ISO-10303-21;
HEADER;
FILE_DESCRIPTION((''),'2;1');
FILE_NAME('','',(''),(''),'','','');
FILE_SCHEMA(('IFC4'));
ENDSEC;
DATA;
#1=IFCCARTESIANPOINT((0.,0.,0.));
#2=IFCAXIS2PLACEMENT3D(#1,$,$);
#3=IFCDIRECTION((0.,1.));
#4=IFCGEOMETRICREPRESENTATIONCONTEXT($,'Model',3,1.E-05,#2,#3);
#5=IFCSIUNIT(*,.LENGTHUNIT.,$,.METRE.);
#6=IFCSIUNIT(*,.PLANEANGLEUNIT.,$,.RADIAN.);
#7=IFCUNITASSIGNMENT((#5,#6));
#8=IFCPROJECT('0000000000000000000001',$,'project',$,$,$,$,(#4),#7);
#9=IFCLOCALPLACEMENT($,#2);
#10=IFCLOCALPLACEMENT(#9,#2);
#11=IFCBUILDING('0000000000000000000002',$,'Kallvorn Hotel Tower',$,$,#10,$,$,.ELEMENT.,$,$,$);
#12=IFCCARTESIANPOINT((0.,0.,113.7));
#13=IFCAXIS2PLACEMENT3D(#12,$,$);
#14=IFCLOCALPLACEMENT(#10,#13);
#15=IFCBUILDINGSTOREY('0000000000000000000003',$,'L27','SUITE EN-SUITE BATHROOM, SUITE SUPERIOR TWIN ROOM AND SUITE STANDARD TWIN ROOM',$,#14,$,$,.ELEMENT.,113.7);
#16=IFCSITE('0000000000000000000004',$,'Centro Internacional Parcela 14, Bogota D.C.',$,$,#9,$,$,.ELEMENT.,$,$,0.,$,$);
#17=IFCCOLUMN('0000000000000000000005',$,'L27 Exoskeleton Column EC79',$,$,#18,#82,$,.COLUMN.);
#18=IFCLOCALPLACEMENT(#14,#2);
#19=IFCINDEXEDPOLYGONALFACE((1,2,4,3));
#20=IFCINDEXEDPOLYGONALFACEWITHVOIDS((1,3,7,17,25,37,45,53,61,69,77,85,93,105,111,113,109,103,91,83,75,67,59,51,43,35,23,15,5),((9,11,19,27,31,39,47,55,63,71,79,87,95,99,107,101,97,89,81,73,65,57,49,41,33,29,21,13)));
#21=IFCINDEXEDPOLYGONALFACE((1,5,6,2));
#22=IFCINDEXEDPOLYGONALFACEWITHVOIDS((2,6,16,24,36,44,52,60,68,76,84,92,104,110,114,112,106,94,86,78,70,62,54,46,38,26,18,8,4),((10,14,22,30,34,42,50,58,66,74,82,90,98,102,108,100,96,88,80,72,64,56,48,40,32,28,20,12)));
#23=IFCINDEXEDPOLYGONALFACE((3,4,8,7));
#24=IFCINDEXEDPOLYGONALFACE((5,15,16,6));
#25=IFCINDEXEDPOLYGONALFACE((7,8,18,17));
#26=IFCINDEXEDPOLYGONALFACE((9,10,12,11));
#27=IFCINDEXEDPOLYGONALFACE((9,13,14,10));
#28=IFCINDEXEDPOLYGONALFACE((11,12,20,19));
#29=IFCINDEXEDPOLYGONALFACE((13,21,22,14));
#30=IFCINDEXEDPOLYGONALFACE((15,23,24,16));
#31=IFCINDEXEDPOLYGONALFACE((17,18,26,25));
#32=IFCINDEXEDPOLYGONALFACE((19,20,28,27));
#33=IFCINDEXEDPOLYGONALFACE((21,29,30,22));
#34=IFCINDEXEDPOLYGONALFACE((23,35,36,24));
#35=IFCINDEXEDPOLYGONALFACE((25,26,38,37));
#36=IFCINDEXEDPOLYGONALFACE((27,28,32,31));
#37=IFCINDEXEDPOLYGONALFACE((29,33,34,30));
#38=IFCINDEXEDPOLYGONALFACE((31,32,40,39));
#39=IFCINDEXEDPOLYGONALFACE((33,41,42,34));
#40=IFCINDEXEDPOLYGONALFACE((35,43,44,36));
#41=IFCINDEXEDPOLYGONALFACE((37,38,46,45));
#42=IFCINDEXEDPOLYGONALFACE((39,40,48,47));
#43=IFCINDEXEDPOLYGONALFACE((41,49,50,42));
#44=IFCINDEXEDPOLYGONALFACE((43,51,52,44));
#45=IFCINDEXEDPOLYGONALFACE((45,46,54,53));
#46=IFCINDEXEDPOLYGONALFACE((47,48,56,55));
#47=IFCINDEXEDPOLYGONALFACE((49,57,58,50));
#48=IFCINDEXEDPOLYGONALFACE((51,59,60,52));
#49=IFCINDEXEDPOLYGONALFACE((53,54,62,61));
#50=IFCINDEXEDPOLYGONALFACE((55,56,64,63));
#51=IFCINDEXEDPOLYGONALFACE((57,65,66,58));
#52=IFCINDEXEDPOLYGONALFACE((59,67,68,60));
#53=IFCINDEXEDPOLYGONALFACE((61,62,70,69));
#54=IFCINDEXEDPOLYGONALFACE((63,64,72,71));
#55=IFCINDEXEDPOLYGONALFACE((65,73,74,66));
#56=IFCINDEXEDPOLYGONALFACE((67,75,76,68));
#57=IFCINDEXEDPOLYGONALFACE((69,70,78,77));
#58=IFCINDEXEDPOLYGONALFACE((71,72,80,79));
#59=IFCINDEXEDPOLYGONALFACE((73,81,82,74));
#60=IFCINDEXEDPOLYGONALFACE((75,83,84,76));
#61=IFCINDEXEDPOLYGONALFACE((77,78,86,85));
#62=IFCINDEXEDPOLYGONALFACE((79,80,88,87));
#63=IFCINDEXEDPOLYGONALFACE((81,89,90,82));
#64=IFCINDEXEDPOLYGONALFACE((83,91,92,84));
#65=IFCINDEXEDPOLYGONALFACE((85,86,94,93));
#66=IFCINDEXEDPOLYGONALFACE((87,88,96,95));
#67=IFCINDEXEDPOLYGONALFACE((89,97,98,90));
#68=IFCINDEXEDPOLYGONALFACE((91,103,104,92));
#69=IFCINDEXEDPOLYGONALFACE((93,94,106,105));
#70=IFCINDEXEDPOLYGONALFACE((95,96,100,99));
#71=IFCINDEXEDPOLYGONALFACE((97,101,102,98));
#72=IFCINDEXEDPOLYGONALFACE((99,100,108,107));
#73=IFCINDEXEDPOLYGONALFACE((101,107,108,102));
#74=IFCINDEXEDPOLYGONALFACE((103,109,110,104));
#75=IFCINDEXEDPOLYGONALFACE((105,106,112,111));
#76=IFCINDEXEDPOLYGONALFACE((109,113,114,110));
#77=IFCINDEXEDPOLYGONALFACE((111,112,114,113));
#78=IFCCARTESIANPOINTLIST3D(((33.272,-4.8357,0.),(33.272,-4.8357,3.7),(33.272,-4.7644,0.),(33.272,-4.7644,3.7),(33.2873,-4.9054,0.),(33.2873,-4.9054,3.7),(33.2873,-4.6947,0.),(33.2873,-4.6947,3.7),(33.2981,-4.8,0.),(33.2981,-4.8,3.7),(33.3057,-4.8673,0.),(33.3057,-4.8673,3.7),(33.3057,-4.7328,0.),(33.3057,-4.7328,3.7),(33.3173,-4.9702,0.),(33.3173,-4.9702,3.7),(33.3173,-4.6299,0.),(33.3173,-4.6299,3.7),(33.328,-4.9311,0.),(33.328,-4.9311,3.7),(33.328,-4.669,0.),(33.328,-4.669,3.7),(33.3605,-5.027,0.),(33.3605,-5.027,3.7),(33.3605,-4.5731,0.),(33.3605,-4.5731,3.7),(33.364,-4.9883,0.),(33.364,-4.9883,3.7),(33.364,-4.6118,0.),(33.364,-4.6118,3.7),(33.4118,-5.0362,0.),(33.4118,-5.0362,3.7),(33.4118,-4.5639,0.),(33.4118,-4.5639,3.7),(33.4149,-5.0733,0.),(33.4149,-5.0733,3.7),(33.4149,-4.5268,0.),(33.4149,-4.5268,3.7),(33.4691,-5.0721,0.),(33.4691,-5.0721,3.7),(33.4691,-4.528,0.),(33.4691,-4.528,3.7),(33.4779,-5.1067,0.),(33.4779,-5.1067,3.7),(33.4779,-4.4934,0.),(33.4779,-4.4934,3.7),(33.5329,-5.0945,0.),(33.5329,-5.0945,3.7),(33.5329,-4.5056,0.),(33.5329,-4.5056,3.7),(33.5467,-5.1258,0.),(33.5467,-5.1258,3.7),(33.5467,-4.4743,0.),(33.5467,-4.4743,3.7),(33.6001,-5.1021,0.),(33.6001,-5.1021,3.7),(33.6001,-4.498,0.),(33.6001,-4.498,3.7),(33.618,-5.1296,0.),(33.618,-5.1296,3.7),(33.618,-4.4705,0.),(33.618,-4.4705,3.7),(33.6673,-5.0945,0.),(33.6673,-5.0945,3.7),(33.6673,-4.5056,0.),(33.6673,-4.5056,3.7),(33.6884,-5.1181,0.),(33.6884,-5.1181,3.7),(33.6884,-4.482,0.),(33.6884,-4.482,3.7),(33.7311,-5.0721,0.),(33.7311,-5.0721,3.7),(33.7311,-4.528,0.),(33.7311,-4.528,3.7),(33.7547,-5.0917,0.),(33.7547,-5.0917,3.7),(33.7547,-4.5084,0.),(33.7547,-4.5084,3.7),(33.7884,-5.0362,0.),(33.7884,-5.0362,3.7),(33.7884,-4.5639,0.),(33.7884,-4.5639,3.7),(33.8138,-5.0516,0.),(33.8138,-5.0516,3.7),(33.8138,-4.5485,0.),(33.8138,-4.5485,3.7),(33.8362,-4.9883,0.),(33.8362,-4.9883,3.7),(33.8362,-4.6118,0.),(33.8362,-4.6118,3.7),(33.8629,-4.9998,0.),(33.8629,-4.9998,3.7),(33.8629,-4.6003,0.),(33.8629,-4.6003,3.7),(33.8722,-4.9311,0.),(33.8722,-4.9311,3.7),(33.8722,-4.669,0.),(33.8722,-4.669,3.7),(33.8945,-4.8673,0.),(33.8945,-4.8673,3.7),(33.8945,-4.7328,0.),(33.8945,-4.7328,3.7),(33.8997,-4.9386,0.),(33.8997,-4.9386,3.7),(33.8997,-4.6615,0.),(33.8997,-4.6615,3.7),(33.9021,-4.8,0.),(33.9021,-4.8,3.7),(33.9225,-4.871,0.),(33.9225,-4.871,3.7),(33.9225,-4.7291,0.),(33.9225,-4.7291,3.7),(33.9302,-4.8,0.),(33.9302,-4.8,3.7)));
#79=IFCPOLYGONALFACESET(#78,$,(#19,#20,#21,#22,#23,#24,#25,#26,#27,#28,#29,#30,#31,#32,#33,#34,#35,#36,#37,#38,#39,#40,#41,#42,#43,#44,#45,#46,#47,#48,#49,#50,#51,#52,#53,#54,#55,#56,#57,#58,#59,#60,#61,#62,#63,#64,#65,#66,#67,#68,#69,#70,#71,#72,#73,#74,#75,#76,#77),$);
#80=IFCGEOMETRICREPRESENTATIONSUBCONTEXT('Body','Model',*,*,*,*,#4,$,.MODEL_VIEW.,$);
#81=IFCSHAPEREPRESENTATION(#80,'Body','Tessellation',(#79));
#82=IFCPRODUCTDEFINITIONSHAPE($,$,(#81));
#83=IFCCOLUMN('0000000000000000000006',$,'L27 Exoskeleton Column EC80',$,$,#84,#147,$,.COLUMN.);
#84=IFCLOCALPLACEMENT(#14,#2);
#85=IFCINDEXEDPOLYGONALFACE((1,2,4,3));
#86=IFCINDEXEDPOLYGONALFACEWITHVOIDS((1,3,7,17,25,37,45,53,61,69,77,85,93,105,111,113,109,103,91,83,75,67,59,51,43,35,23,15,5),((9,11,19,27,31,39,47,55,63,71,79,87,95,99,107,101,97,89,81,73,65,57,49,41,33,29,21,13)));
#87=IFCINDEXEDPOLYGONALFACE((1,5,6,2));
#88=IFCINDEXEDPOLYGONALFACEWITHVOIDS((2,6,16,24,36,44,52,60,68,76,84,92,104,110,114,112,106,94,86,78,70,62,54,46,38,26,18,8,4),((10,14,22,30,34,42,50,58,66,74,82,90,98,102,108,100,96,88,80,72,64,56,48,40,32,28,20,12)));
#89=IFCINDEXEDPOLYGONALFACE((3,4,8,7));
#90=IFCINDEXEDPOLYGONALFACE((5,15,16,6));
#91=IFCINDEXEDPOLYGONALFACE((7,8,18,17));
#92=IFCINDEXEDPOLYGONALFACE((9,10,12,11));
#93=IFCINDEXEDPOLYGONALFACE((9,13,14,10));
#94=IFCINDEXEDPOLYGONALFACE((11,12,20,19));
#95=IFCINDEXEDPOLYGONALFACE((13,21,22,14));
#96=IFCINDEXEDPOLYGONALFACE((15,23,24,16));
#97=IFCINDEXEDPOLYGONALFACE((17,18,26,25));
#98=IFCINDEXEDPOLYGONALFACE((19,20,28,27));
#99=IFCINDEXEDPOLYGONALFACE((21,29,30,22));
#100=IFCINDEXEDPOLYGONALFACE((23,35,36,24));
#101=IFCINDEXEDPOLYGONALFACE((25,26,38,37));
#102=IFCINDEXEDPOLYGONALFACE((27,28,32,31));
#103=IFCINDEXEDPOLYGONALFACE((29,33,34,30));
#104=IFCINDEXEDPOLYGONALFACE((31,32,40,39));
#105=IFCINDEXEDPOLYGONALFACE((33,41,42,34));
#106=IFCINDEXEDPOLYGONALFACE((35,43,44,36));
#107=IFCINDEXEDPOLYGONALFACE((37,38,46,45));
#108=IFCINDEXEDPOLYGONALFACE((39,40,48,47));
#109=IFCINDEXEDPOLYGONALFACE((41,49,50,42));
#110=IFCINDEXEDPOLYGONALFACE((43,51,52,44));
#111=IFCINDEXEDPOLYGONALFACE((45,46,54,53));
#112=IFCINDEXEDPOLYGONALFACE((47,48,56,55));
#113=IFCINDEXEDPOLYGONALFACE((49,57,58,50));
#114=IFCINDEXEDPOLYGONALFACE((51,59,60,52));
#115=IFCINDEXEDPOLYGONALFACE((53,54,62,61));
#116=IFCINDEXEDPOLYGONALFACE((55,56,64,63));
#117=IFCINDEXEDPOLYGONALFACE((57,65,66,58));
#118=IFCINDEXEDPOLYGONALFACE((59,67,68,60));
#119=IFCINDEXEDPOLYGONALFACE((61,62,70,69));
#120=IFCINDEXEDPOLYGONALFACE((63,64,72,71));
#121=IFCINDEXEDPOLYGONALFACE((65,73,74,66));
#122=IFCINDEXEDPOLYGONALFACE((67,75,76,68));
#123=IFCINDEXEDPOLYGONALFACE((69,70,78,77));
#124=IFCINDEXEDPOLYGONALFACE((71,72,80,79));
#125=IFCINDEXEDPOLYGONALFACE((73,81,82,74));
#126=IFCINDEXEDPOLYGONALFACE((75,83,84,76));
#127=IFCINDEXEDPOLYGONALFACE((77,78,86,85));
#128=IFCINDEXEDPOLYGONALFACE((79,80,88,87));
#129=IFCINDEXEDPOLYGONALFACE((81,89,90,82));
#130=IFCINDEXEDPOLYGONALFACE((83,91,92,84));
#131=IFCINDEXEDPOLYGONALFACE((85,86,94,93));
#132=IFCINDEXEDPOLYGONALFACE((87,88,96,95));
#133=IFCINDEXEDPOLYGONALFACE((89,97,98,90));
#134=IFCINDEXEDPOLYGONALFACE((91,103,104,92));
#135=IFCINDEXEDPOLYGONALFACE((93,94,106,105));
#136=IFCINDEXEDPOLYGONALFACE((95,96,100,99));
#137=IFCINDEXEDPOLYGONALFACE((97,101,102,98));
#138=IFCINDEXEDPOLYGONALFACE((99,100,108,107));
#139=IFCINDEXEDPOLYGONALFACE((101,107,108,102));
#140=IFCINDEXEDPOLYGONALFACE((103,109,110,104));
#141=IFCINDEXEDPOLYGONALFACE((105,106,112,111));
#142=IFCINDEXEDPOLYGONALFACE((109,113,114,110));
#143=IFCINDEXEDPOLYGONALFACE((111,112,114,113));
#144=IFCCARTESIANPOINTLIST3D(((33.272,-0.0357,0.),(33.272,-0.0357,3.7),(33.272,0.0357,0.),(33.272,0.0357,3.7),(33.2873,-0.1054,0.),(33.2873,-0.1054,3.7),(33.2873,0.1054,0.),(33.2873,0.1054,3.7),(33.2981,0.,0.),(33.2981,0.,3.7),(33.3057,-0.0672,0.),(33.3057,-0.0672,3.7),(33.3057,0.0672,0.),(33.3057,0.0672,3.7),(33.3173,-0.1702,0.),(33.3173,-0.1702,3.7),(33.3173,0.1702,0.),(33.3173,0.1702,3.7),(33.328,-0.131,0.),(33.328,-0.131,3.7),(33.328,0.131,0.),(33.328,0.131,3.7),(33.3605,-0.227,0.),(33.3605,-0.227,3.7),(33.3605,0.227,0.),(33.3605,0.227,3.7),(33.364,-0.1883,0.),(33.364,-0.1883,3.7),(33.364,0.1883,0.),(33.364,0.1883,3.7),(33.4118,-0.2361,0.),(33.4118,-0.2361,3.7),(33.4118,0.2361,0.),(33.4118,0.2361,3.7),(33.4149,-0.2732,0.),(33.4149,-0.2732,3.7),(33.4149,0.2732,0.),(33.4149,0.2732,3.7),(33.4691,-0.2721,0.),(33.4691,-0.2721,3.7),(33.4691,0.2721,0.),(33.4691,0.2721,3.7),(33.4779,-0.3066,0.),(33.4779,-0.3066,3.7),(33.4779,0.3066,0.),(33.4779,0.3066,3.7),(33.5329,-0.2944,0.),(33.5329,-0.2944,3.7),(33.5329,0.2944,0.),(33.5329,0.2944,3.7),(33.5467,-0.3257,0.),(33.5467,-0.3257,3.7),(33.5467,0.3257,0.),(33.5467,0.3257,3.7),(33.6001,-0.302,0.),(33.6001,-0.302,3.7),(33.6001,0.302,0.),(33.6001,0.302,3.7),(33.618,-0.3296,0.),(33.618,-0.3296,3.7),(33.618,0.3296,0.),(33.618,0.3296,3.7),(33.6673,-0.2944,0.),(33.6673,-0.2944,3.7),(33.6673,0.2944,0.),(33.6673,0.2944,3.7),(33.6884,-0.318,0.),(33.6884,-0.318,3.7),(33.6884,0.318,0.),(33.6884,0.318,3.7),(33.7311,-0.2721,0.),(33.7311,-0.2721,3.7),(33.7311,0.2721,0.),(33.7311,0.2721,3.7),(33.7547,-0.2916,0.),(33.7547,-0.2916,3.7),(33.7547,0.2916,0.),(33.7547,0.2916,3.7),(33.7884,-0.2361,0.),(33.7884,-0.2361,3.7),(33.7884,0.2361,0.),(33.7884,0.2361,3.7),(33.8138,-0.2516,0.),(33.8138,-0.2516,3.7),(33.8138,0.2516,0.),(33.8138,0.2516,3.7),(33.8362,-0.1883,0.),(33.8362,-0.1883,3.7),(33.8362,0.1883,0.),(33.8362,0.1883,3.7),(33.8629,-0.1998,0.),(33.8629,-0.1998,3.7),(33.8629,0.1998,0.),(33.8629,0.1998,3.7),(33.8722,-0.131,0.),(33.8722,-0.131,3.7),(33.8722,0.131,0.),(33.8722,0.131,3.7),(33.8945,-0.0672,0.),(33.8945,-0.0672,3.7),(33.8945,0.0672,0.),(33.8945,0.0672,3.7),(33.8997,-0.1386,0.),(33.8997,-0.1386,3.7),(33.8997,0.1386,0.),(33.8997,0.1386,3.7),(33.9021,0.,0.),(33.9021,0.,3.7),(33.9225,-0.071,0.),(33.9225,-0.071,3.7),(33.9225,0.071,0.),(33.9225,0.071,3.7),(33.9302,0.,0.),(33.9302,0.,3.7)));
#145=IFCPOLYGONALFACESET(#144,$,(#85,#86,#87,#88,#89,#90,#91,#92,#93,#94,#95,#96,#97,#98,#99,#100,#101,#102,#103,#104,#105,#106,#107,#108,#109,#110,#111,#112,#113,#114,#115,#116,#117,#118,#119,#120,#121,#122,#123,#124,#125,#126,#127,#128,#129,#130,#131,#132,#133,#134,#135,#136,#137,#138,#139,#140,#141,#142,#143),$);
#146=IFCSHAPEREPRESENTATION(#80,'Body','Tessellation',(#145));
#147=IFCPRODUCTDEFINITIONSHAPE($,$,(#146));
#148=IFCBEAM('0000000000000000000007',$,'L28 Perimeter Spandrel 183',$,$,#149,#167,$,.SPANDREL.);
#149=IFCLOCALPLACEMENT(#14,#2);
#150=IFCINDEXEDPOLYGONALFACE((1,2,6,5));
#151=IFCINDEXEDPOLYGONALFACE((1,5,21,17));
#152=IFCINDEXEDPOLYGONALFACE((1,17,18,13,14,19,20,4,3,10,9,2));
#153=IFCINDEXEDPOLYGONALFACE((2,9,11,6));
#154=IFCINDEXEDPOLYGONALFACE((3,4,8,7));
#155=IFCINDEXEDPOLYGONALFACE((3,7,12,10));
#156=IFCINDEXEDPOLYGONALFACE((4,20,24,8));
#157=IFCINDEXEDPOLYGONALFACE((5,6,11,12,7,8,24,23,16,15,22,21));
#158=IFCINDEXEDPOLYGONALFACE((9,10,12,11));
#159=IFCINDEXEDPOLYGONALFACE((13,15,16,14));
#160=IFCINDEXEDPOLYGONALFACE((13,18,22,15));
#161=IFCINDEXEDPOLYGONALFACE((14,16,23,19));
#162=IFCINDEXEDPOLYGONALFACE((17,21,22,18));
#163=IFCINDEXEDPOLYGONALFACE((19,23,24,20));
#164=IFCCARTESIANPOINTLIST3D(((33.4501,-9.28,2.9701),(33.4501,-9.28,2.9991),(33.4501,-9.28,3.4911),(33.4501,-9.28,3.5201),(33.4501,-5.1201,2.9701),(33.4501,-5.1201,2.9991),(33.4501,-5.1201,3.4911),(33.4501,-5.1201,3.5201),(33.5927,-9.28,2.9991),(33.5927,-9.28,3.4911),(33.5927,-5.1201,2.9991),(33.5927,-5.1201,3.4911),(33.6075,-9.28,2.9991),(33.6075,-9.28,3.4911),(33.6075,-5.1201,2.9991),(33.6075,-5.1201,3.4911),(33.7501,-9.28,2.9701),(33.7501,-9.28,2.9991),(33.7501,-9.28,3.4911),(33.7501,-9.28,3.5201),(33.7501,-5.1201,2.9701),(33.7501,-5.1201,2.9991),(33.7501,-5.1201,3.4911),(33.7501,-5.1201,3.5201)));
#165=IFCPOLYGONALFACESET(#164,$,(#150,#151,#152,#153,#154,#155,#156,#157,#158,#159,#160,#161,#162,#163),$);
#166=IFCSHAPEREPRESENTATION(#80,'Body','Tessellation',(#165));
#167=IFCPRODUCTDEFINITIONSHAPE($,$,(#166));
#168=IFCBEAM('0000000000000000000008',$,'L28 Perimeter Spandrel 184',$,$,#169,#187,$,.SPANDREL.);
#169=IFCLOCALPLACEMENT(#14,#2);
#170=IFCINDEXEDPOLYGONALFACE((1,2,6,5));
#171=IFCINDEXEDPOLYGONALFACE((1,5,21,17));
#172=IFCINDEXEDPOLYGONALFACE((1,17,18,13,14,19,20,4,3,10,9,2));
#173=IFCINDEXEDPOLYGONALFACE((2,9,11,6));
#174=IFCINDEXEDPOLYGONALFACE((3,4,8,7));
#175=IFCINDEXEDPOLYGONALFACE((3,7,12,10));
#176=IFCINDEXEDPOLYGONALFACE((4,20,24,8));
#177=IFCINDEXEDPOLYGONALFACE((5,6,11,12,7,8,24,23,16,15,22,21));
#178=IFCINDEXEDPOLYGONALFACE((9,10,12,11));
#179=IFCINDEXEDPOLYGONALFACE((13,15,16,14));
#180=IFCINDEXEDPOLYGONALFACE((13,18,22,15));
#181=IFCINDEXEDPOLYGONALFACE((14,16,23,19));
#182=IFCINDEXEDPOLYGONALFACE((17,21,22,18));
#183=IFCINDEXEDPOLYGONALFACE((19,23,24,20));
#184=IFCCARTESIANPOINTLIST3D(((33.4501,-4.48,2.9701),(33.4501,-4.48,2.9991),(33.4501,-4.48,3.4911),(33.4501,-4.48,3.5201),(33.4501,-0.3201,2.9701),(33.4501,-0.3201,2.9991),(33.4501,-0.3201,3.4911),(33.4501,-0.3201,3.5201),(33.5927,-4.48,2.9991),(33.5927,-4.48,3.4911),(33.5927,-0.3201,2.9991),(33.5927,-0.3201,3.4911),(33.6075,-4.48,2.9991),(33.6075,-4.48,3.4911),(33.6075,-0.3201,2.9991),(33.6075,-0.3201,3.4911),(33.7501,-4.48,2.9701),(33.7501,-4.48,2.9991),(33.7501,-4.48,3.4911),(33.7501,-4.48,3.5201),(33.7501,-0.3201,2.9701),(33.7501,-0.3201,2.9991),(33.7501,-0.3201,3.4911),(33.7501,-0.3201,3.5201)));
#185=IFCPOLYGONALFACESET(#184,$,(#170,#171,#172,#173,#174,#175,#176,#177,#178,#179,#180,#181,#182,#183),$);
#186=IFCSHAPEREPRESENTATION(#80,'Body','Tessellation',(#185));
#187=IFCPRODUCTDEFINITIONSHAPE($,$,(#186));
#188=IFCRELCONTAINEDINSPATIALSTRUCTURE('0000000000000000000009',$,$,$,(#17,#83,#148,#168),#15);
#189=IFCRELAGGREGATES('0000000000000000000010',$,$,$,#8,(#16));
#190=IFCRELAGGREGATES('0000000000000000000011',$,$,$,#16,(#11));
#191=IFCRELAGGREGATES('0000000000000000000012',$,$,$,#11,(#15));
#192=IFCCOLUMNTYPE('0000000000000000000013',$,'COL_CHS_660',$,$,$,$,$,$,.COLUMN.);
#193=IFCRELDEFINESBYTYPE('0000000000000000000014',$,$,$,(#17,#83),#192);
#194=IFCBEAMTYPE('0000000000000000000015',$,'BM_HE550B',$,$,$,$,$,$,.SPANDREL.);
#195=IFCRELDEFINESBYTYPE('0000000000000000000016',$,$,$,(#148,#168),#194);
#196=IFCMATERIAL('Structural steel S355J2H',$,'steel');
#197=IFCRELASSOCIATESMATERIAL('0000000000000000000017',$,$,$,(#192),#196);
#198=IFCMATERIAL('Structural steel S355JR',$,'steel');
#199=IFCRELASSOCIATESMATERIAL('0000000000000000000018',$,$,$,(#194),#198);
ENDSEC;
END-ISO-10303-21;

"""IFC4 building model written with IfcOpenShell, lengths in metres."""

from ifc_helpers import new_model, si_unit, direction, frame, origin, origin_2d, place, context, subcontext, project, spatial, hollow_circle, i_section, extrude, material, material_profile, profile_set, type_object, element, save


model = new_model("IFC4")

# Units and contexts
model_context = context("Model", 3, precision=1e-05, world=origin(), true_north=direction((0.0, 1.0)))
body_context = subcontext(model_context, "Body", "Model", "MODEL_VIEW")
ifc_project = project(units=[si_unit("LENGTHUNIT", "METRE"), si_unit("PLANEANGLEUNIT", "RADIAN")], contexts=[model_context])

# Site, building, storey
site_placement = place(None, origin())
site = spatial("IfcSite", under=ifc_project, at=site_placement, Name="Centro Internacional Parcela 14, Bogota D.C.", CompositionType="ELEMENT", RefElevation=0.0)
building_placement = place(site_placement, origin())
building = spatial("IfcBuilding", under=site, at=building_placement, Name="Kallvorn Hotel Tower", CompositionType="ELEMENT")
storey_placement = place(building_placement, frame((0.0, 0.0, 113.7)))
storey = spatial("IfcBuildingStorey", under=building, at=storey_placement, Name="L27", Description="SUITE EN-SUITE BATHROOM, SUITE SUPERIOR TWIN ROOM AND SUITE STANDARD TWIN ROOM", CompositionType="ELEMENT", Elevation=113.7)

# Columns
ifc_material_1 = material(Name="Structural steel S355J2H", Category="steel")
ifc_material_profile_1 = material_profile(ifc_material_1, hollow_circle(Radius=0.3301, WallThickness=0.0281, at=origin_2d()), Name="CHS 660x28")
ifc_profile_set_1 = profile_set([ifc_material_profile_1], Name="Structural steel S355J2H")
column_type = type_object("IfcColumnType", Name="COL_CHS_660", PredefinedType="COLUMN", material=ifc_profile_set_1)
for number, where, z_axis, x_axis, name in (
    (1, (33.6001, -4.8, 0.0), (0.0, 0.0, 1.0), (1.0, 0.0, 0.0), "L27 Exoskeleton Column EC79"),
    (2, (33.6001, 0.0, 0.0), (0.0, 0.0, 1.0), (1.0, 0.0, 0.0), "L27 Exoskeleton Column EC80"),
):
    element("IfcColumn", number, at=place(storey_placement, frame(where, z_axis=z_axis, x_axis=x_axis)), inside=storey, type_object=column_type, Name=name, PredefinedType="COLUMN", context=body_context, shape_type="SweptSolid", body=[
        extrude(hollow_circle(Radius=0.3301, WallThickness=0.0281, at=origin_2d()), origin(), (0.0, 0.0, 1.0), 3.7),
    ])

# Beams
ifc_material_2 = material(Name="Structural steel S355JR", Category="steel")
ifc_material_profile_2 = material_profile(ifc_material_2, i_section(OverallWidth=0.3, OverallDepth=0.55, WebThickness=0.0149, FlangeThickness=0.0291, at=origin_2d()), Name="HE 550 B")
ifc_profile_set_2 = profile_set([ifc_material_profile_2], Name="Structural steel S355JR")
beam_type_1 = type_object("IfcBeamType", Name="BM_HE550B", PredefinedType="SPANDREL", material=ifc_profile_set_2)
for number, where, z_axis, x_axis, name in (
    (3, (33.6001, -9.28, 3.2451), (0.0, 1.0, 0.0), (-1.0, 0.0, 0.0), "L28 Perimeter Spandrel 183"),
    (4, (33.6001, -4.48, 3.2451), (0.0, 1.0, 0.0), (-1.0, 0.0, 0.0), "L28 Perimeter Spandrel 184"),
):
    element("IfcBeam", number, at=place(storey_placement, frame(where, z_axis=z_axis, x_axis=x_axis)), inside=storey, type_object=beam_type_1, Name=name, PredefinedType="SPANDREL", context=body_context, shape_type="SweptSolid", body=[
        extrude(i_section(OverallWidth=0.3, OverallDepth=0.55, WebThickness=0.0149, FlangeThickness=0.0291, at=origin_2d()), origin(), (0.0, 0.0, 1.0), 4.1599),
    ])

save(model, "model.ifc")
